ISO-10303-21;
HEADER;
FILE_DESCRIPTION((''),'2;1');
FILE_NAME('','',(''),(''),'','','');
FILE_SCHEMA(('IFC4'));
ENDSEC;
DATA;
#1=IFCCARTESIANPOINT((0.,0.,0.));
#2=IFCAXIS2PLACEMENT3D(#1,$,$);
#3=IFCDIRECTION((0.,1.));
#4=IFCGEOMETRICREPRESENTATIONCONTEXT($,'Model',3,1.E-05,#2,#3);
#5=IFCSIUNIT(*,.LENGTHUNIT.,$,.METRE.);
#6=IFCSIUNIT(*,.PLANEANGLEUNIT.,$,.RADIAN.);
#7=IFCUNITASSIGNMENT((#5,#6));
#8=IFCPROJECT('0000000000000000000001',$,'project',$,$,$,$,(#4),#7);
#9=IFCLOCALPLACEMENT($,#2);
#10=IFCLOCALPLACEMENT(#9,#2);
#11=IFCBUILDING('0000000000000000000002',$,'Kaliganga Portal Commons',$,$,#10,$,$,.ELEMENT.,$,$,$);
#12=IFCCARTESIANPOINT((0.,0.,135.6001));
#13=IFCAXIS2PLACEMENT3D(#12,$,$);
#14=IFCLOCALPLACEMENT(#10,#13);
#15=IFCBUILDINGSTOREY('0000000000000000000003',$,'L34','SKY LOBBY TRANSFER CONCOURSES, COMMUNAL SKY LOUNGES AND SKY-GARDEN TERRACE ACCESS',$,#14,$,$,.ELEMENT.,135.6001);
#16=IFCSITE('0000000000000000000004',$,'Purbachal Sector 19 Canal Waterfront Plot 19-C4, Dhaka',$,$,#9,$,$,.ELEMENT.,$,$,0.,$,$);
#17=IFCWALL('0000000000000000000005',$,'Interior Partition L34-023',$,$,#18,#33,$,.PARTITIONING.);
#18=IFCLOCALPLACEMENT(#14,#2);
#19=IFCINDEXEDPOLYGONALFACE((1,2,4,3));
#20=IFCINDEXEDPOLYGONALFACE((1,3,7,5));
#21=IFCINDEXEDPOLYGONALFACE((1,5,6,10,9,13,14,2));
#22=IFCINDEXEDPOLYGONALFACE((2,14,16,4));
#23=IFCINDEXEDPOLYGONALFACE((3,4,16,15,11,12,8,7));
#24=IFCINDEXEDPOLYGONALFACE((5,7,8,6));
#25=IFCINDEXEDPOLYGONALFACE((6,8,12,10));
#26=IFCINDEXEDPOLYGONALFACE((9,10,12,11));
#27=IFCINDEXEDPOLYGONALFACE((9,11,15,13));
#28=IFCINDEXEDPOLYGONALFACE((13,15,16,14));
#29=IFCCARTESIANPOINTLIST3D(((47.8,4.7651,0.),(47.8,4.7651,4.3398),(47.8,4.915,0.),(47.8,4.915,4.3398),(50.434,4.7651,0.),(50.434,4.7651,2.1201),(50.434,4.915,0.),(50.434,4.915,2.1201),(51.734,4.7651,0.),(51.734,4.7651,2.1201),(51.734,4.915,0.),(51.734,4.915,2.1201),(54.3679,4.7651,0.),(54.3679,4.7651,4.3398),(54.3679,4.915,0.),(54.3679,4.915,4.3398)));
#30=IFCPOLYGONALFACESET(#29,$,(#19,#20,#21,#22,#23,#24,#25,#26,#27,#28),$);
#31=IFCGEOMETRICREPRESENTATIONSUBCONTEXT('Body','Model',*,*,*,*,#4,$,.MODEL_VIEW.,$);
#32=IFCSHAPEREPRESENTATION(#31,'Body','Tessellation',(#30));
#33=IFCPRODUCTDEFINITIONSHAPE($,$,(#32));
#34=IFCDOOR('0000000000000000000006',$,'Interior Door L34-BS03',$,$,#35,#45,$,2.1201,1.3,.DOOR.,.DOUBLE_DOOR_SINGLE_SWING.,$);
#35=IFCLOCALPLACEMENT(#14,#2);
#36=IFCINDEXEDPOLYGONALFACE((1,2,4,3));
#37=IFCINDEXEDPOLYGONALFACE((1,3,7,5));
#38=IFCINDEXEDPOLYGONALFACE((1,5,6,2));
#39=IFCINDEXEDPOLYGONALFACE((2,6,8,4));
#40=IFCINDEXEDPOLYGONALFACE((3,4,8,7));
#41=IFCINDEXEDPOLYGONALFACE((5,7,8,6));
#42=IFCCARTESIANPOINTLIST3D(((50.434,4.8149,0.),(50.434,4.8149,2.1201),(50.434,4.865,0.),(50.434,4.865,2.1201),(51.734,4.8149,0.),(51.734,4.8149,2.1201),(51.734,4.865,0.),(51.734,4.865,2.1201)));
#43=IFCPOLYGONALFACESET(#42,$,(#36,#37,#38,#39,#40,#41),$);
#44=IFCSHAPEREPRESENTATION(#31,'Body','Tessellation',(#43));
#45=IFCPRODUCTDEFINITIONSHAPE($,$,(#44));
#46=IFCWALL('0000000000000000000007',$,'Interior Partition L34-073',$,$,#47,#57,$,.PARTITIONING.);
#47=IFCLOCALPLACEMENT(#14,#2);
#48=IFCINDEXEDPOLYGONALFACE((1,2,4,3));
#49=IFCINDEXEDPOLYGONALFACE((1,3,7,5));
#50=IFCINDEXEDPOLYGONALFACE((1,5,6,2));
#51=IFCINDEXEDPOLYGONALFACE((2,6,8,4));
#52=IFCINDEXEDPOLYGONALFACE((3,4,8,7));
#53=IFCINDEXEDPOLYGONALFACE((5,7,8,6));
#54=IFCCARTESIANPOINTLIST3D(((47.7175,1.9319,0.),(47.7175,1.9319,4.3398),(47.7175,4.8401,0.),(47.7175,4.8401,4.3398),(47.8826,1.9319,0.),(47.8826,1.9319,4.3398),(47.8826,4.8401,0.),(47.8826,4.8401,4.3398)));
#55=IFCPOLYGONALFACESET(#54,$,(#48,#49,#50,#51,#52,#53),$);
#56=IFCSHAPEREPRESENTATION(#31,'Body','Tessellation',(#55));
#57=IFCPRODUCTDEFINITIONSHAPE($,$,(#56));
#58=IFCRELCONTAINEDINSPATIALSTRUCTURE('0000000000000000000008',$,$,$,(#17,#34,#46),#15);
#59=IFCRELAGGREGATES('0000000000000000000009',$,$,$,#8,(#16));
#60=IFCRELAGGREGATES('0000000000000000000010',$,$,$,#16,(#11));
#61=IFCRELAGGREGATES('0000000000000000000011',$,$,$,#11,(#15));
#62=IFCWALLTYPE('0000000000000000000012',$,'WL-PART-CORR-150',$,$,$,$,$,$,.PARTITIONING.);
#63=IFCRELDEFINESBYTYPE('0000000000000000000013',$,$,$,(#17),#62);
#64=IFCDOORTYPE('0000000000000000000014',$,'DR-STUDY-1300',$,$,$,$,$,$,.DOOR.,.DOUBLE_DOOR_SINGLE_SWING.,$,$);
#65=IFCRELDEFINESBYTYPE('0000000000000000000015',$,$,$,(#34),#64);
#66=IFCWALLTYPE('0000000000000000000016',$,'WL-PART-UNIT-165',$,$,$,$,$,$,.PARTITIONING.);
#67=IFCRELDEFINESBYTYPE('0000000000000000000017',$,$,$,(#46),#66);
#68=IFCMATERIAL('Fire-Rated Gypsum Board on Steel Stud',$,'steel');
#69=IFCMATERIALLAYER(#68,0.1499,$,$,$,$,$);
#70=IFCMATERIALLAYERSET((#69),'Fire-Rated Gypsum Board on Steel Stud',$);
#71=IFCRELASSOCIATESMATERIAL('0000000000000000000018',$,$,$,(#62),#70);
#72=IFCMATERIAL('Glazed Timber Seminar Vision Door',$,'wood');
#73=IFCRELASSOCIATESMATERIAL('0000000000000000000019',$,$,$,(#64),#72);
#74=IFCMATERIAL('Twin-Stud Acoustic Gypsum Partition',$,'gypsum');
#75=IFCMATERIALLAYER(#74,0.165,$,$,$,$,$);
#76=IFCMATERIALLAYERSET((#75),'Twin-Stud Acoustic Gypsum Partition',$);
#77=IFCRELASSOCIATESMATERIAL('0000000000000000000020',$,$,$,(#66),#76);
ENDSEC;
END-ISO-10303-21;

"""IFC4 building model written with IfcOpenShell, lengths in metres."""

from ifc_helpers import new_model, si_unit, direction, frame, frame_2d, origin, place, context, subcontext, project, spatial, rectangle, extrude, material, layer, layer_set, type_object, element, fill, save


model = new_model("IFC4")

# Units and contexts
model_context = context("Model", 3, precision=1e-05, world=origin(), true_north=direction((0.0, 1.0)))
body_context = subcontext(model_context, "Body", "Model", "MODEL_VIEW")
ifc_project = project(units=[si_unit("LENGTHUNIT", "METRE"), si_unit("PLANEANGLEUNIT", "RADIAN")], contexts=[model_context])

# Site, building, storey
site_placement = place(None, origin())
site = spatial("IfcSite", under=ifc_project, at=site_placement, Name="Purbachal Sector 19 Canal Waterfront Plot 19-C4, Dhaka", CompositionType="ELEMENT", RefElevation=0.0)
building_placement = place(site_placement, origin())
building = spatial("IfcBuilding", under=site, at=building_placement, Name="Kaliganga Portal Commons", CompositionType="ELEMENT")
storey_placement = place(building_placement, frame((0.0, 0.0, 135.6001)))
storey = spatial("IfcBuildingStorey", under=building, at=storey_placement, Name="L34", Description="SKY LOBBY TRANSFER CONCOURSES, COMMUNAL SKY LOUNGES AND SKY-GARDEN TERRACE ACCESS", CompositionType="ELEMENT", Elevation=135.6001)

# Wall, opening, door
ifc_material_1 = material(Name="Fire-Rated Gypsum Board on Steel Stud", Category="steel")
ifc_layer_1 = layer(ifc_material_1, 0.1499)
ifc_layer_set_1 = layer_set([ifc_layer_1], Name="Fire-Rated Gypsum Board on Steel Stud")
wall_type_1 = type_object("IfcWallType", Name="WL-PART-CORR-150", PredefinedType="PARTITIONING", material=ifc_layer_set_1)
wall_1_placement = place(storey_placement, frame((47.8, 4.8401, 0.0), z_axis=(0.0, 0.0, 1.0), x_axis=(1.0, 0.0, 0.0)))
wall_1 = element("IfcWall", 1, at=wall_1_placement, inside=storey, type_object=wall_type_1, Name="Interior Partition L34-023", PredefinedType="PARTITIONING", context=body_context, shape_type="SweptSolid", body=[
    extrude(rectangle(XDim=6.5679, YDim=0.1499, at=frame_2d((3.2839, 0.0))), origin(), (0.0, 0.0, 1.0), 4.3398),
])
opening_1_placement = place(wall_1_placement, frame((2.634, 0.0, 0.0)))
opening_1 = element("IfcOpeningElement", 2, at=opening_1_placement, cuts=wall_1, PredefinedType="OPENING", context=body_context, shape_type="SweptSolid", body=[
    extrude(rectangle(XDim=1.3, YDim=2.1201, at=frame_2d((0.6499, 1.0601))), frame((0.0, 0.085, 0.0), z_axis=(0.0, -1.0, 0.0), x_axis=(1.0, 0.0, 0.0)), (0.0, 0.0, 1.0), 0.1699),
])
ifc_material_2 = material(Name="Glazed Timber Seminar Vision Door", Category="wood")
door_type = type_object("IfcDoorType", Name="DR-STUDY-1300", OperationType="DOUBLE_DOOR_SINGLE_SWING", PredefinedType="DOOR", material=ifc_material_2)
door_placement = place(opening_1_placement, origin())
door = element("IfcDoor", 3, at=door_placement, inside=storey, type_object=door_type, Name="Interior Door L34-BS03", OperationType="DOUBLE_DOOR_SINGLE_SWING", OverallHeight=2.1201, OverallWidth=1.3, PredefinedType="DOOR", context=body_context, shape_type="SweptSolid", body=[
    extrude(rectangle(XDim=1.3, YDim=2.1201, at=frame_2d((0.6499, 1.0601))), frame((0.0, 0.0249, 0.0), z_axis=(0.0, -1.0, 0.0), x_axis=(1.0, 0.0, 0.0)), (0.0, 0.0, 1.0), 0.05),
])
fill(opening_1, door)

# Wall
ifc_material_3 = material(Name="Twin-Stud Acoustic Gypsum Partition", Category="gypsum")
ifc_layer_2 = layer(ifc_material_3, 0.165)
ifc_layer_set_2 = layer_set([ifc_layer_2], Name="Twin-Stud Acoustic Gypsum Partition")
wall_type_2 = type_object("IfcWallType", Name="WL-PART-UNIT-165", PredefinedType="PARTITIONING", material=ifc_layer_set_2)
wall_2_placement = place(storey_placement, frame((47.8, 1.9319, 0.0), z_axis=(0.0, 0.0, 1.0), x_axis=(0.0, 1.0, 0.0)))
element("IfcWall", 4, at=wall_2_placement, inside=storey, type_object=wall_type_2, Name="Interior Partition L34-073", PredefinedType="PARTITIONING", context=body_context, shape_type="SweptSolid", body=[
    extrude(rectangle(XDim=2.9082, YDim=0.165, at=frame_2d((1.4541, 0.0))), origin(), (0.0, 0.0, 1.0), 4.3398),
])

save(model, "model.ifc")
